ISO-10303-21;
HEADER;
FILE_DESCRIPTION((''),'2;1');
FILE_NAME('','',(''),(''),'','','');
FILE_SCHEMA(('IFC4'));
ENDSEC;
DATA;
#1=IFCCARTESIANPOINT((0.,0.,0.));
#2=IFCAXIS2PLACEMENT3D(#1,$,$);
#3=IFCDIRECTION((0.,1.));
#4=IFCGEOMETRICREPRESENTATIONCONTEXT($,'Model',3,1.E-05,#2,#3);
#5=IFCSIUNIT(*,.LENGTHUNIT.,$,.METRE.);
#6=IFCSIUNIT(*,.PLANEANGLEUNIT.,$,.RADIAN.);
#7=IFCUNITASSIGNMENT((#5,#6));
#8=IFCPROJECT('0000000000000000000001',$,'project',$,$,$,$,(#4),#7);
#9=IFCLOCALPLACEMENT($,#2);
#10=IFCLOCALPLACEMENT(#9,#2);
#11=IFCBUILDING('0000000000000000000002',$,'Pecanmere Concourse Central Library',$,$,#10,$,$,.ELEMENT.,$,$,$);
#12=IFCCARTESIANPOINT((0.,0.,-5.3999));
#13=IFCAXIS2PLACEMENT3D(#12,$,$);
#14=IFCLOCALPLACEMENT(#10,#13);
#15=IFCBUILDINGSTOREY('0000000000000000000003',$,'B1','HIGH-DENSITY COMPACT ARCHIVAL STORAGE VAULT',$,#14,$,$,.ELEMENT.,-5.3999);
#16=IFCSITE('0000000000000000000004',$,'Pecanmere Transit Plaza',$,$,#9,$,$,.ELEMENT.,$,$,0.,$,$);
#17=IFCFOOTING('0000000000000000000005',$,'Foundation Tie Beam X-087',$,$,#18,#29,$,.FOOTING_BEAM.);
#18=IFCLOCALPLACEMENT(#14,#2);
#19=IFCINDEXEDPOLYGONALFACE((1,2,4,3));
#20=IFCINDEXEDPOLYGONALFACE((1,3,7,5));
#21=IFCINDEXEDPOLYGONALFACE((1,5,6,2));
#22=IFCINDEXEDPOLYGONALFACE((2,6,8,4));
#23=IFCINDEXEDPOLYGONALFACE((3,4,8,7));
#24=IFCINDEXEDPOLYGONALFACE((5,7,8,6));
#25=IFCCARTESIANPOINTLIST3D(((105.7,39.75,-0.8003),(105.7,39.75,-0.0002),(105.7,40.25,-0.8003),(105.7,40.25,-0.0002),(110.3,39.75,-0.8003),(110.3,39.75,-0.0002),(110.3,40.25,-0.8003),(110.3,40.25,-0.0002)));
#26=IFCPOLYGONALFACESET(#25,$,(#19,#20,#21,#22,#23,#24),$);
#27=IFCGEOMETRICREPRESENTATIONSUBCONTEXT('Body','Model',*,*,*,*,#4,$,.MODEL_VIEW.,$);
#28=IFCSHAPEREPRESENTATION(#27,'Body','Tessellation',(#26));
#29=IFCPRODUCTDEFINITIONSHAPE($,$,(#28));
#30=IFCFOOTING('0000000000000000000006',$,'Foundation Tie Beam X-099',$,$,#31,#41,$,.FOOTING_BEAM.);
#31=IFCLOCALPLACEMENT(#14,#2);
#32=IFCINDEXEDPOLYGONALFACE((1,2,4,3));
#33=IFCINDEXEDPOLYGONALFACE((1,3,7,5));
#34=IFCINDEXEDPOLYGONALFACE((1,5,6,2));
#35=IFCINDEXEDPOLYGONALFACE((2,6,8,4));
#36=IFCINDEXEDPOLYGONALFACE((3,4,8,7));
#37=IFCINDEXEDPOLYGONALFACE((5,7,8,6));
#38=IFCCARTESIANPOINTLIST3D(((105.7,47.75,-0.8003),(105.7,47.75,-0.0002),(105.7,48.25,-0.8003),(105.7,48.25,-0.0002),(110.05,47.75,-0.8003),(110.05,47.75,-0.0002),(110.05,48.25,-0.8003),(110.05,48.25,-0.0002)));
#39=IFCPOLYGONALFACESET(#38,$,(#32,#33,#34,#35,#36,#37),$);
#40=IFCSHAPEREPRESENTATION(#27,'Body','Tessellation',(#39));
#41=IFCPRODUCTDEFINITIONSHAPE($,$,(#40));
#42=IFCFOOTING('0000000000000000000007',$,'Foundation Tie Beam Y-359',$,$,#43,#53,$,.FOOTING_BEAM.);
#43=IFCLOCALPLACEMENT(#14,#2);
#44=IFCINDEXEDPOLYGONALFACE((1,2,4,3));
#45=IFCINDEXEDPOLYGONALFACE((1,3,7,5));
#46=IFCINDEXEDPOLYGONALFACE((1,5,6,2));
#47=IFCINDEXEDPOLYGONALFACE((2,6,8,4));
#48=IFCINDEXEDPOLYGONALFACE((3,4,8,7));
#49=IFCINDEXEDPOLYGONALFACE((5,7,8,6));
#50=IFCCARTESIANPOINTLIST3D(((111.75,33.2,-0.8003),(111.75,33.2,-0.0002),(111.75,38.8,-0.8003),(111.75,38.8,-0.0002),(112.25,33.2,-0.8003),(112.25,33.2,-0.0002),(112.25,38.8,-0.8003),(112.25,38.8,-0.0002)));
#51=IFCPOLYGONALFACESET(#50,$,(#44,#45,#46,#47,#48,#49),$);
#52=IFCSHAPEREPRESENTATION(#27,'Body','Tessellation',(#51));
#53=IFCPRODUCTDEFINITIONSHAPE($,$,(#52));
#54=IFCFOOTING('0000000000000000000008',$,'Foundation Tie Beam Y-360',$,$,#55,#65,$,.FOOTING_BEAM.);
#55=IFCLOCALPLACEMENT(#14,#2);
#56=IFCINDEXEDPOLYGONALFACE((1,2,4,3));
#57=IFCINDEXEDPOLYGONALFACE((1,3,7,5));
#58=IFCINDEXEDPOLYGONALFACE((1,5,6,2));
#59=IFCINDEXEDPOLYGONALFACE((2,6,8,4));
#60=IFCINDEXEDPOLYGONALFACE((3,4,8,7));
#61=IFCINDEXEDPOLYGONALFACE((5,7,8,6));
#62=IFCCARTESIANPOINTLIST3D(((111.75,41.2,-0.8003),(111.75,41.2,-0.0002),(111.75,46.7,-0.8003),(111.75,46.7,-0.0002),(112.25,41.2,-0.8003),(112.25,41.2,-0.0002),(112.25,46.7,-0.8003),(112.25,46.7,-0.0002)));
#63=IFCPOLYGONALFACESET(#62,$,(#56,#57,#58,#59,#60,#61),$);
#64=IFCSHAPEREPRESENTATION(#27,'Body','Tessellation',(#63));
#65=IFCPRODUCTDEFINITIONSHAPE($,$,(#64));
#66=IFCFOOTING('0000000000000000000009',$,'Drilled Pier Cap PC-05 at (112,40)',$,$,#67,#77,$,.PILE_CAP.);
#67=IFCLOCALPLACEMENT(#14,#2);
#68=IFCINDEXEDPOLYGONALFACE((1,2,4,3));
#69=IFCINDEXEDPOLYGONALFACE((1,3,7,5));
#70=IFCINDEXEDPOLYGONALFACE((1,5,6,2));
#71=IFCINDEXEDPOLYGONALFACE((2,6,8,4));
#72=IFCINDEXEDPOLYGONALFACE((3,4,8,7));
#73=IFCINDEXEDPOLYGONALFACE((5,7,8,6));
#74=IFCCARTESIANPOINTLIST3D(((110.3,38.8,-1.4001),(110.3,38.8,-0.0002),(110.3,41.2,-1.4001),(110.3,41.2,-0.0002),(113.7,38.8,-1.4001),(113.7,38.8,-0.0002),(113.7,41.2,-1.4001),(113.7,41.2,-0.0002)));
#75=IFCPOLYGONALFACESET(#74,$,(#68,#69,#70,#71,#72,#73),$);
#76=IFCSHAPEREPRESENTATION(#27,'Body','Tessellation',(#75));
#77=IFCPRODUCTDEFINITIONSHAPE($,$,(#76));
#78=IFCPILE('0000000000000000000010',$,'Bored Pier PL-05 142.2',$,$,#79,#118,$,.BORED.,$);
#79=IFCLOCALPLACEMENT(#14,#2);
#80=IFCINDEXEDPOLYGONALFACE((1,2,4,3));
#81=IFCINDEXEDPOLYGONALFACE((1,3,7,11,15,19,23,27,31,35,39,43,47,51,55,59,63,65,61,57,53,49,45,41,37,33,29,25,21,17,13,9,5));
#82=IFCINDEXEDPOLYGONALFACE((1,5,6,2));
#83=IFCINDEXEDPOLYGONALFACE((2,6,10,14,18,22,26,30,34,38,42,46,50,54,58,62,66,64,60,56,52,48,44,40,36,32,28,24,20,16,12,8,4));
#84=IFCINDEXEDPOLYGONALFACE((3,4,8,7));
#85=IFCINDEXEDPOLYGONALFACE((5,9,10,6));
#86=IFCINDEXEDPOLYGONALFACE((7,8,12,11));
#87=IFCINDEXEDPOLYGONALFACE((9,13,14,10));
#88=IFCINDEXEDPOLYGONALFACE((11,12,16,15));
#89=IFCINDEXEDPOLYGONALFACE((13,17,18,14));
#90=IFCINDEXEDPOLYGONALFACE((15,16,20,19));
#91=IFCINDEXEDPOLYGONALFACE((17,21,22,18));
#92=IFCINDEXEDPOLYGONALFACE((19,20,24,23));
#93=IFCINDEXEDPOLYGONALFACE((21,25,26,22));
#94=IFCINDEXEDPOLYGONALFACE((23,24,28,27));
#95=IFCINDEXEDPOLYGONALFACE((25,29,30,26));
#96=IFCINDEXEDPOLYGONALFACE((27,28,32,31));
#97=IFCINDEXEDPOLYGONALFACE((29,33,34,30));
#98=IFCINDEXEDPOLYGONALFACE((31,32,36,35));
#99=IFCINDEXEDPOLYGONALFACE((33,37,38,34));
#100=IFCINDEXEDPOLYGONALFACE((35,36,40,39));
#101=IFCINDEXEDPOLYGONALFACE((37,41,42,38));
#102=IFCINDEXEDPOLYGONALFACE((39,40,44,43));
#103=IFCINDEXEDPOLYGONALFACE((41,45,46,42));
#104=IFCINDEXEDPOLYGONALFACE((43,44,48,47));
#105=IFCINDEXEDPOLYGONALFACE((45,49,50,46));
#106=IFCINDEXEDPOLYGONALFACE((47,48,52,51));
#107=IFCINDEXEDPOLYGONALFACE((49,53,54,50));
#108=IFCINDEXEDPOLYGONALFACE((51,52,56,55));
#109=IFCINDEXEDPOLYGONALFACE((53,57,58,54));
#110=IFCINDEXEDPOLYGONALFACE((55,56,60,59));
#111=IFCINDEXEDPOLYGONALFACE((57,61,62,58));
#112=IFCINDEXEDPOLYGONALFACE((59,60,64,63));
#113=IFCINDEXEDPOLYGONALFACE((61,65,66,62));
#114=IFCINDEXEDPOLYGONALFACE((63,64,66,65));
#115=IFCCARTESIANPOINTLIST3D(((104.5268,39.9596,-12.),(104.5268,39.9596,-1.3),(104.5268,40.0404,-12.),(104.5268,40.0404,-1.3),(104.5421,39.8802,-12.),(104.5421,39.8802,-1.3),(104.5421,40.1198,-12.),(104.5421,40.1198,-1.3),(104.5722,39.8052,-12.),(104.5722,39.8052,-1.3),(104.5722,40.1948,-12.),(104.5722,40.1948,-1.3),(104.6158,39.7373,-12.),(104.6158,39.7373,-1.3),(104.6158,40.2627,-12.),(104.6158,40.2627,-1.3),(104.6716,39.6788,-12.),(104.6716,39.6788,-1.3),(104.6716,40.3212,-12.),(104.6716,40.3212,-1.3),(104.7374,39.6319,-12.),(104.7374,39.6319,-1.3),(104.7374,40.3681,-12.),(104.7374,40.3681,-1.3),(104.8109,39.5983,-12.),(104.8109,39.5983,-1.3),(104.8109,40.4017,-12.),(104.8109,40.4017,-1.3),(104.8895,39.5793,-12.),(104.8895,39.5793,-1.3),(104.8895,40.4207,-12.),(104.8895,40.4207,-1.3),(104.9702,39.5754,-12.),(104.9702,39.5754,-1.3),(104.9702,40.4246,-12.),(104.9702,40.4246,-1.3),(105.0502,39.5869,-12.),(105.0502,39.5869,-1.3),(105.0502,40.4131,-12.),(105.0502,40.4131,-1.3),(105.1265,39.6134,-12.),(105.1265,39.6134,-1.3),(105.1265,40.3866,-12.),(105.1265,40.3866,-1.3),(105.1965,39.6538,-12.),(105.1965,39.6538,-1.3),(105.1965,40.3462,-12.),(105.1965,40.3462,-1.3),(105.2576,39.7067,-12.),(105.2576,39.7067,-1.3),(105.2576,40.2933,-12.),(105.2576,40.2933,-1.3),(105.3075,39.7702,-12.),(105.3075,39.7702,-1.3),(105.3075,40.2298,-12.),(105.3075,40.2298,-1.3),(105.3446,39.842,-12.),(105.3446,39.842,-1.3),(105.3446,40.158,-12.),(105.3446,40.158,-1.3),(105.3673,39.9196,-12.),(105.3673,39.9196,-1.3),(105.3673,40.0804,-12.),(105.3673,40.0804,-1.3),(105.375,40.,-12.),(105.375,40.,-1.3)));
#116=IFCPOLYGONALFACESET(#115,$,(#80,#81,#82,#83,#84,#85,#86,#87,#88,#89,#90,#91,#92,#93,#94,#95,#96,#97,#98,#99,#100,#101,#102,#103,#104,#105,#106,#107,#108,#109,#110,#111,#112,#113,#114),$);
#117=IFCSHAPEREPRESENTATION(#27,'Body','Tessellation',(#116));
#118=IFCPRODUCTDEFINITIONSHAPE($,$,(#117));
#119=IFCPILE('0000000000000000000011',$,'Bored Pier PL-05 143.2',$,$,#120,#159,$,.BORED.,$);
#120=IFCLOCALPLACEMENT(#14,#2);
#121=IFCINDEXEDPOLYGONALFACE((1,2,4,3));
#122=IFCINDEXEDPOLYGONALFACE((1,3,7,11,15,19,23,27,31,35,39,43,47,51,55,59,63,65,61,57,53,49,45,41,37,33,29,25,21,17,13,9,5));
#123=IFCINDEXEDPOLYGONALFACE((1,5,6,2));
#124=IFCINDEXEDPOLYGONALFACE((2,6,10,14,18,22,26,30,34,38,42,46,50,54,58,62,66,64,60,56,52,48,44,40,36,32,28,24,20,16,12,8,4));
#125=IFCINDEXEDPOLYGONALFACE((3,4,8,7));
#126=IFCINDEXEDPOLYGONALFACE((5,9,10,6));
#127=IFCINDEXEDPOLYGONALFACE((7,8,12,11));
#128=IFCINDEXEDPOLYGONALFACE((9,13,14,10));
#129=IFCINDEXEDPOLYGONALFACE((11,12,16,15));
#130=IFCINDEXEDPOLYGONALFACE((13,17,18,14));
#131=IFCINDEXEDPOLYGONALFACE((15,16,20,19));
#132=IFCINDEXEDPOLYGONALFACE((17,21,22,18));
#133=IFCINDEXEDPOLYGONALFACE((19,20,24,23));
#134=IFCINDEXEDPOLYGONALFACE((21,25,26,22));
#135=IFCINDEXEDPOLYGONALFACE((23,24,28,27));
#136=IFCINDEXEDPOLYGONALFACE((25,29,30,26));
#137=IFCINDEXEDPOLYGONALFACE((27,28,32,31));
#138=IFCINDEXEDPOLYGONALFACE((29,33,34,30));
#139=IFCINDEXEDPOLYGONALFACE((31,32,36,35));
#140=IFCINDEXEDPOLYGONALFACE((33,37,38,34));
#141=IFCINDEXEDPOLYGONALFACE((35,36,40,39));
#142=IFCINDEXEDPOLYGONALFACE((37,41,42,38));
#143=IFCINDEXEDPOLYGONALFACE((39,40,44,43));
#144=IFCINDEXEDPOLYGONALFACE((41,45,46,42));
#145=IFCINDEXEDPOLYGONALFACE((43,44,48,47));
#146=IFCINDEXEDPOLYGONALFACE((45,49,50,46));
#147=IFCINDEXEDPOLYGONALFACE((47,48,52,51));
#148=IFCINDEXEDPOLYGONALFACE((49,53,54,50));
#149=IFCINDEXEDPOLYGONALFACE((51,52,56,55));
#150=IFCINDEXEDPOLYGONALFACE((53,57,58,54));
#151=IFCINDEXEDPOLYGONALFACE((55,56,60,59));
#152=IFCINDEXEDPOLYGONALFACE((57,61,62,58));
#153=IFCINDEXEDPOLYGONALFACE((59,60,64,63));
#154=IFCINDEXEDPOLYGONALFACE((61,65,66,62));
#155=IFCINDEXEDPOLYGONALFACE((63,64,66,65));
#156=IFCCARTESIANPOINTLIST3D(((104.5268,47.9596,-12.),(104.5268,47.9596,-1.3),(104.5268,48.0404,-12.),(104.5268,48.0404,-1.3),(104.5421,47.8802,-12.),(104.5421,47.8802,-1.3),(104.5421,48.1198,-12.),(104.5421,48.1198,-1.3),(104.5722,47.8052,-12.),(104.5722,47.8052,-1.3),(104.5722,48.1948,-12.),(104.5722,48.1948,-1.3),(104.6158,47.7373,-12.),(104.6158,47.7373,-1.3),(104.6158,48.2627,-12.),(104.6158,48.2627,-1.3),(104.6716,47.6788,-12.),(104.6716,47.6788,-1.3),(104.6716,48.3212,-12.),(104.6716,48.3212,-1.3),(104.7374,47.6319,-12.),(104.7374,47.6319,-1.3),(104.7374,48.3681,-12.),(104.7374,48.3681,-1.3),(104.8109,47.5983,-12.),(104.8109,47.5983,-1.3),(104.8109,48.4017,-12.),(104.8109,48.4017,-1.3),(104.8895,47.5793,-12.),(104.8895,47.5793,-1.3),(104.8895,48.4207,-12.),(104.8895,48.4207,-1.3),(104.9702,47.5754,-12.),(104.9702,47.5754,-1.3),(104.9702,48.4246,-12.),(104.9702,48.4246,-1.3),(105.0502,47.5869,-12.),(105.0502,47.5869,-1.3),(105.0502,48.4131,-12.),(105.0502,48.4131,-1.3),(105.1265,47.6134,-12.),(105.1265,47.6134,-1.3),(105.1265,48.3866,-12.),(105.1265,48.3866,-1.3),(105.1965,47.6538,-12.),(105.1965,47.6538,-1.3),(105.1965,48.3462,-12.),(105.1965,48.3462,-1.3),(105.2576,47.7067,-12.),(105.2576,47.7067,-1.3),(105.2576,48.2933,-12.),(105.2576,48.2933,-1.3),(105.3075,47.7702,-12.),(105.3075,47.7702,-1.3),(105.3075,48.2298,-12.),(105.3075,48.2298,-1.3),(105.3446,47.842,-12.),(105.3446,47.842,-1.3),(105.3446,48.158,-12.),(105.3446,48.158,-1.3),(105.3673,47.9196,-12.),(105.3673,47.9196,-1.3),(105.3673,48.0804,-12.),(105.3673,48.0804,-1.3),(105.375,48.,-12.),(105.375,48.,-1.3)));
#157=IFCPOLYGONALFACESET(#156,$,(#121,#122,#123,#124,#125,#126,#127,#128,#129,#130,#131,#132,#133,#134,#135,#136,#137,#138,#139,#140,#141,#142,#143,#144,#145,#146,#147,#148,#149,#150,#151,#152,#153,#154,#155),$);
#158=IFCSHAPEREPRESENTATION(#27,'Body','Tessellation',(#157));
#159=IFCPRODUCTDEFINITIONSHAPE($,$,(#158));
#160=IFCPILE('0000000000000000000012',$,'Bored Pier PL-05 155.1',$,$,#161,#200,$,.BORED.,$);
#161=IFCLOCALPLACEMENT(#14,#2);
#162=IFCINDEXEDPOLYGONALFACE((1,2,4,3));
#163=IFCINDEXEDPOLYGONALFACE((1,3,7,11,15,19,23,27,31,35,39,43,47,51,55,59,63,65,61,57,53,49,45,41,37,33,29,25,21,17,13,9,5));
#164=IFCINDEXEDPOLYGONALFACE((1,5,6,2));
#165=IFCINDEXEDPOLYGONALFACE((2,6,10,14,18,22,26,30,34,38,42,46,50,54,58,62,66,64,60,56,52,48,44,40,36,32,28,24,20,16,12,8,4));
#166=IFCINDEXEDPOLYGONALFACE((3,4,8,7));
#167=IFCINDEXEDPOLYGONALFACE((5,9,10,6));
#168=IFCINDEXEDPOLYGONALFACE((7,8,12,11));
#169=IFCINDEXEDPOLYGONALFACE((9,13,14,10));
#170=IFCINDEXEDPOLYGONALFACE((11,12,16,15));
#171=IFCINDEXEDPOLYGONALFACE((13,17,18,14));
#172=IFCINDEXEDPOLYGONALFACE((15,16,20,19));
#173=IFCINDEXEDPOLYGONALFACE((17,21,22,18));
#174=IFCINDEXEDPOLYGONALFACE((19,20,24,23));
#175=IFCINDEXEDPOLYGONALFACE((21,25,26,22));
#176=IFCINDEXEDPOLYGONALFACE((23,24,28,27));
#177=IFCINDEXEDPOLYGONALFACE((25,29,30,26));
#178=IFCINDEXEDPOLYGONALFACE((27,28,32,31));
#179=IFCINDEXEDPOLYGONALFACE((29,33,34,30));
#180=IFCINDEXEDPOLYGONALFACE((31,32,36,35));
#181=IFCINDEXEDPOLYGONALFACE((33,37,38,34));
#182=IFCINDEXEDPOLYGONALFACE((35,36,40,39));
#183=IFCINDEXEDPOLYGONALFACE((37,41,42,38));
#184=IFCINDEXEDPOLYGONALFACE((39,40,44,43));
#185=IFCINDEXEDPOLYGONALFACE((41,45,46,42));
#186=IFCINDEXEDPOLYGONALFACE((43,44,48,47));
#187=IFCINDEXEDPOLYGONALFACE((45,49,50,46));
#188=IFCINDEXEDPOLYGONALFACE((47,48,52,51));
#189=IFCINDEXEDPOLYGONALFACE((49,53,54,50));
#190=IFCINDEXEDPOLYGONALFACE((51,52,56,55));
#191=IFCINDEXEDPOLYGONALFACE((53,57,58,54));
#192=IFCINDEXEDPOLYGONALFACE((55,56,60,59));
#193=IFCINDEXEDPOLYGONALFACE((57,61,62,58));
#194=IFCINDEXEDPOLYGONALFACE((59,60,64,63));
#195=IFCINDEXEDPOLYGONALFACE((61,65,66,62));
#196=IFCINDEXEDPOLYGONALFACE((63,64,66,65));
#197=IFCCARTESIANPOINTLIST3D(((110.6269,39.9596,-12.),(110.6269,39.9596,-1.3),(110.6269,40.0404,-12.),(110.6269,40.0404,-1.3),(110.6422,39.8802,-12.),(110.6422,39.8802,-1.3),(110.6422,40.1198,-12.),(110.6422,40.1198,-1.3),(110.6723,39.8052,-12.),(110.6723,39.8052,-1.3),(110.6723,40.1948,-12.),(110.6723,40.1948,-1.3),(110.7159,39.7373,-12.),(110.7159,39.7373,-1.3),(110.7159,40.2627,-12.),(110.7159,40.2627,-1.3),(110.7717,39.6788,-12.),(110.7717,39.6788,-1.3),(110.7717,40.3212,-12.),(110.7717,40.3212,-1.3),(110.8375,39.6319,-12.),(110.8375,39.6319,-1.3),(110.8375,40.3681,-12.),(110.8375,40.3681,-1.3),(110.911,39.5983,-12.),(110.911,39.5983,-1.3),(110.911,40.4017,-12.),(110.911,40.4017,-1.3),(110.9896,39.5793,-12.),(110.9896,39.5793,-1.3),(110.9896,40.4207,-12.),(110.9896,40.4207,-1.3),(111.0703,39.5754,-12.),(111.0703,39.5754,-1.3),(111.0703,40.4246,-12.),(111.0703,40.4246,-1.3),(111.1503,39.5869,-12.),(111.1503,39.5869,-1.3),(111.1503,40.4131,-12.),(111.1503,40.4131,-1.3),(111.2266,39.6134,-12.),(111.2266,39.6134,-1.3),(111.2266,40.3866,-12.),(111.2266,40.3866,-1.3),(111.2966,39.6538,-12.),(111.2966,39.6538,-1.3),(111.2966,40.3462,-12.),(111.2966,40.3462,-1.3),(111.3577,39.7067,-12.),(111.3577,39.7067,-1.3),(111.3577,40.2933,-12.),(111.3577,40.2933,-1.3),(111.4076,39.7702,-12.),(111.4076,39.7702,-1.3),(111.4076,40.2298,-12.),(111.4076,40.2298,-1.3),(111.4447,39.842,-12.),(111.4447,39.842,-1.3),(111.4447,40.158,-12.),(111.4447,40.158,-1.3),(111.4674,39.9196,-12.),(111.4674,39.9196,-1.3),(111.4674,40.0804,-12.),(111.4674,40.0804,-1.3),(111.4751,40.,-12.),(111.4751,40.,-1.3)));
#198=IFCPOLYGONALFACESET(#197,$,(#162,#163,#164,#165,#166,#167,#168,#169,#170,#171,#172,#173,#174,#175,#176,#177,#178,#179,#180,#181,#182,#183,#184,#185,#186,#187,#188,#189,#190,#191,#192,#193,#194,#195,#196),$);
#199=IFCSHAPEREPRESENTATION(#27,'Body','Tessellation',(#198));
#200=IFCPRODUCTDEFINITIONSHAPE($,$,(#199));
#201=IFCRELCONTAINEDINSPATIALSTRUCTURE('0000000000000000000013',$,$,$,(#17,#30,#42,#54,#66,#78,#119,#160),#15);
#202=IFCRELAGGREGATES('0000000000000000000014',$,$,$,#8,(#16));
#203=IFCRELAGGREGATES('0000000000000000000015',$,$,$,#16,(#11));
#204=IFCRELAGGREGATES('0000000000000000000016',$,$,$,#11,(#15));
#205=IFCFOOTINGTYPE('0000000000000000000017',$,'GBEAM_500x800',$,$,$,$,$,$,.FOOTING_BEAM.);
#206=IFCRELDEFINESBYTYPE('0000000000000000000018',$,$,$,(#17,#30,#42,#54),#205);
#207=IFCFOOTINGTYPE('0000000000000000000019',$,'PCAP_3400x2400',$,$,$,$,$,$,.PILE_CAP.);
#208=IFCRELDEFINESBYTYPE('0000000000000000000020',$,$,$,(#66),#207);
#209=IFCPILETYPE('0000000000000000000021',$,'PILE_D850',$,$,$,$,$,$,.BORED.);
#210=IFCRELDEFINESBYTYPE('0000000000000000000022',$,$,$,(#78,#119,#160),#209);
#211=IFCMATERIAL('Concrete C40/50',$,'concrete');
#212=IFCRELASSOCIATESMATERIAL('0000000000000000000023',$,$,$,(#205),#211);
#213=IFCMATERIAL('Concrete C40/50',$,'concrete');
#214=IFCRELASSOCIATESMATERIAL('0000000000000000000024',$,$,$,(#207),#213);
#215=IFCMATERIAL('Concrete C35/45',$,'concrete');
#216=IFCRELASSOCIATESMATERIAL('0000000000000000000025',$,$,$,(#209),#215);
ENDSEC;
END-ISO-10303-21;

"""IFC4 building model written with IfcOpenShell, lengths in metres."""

from ifc_helpers import new_model, si_unit, direction, frame, origin, origin_2d, place, context, subcontext, project, spatial, rectangle, circle, extrude, material, material_profile, profile_set, type_object, element, save


model = new_model("IFC4")

# Units and contexts
model_context = context("Model", 3, precision=1e-05, world=origin(), true_north=direction((0.0, 1.0)))
body_context = subcontext(model_context, "Body", "Model", "MODEL_VIEW")
ifc_project = project(units=[si_unit("LENGTHUNIT", "METRE"), si_unit("PLANEANGLEUNIT", "RADIAN")], contexts=[model_context])

# Site, building, storey
site_placement = place(None, origin())
site = spatial("IfcSite", under=ifc_project, at=site_placement, Name="Pecanmere Transit Plaza", CompositionType="ELEMENT", RefElevation=0.0)
building_placement = place(site_placement, origin())
building = spatial("IfcBuilding", under=site, at=building_placement, Name="Pecanmere Concourse Central Library", CompositionType="ELEMENT")
storey_placement = place(building_placement, frame((0.0, 0.0, -5.3999)))
storey = spatial("IfcBuildingStorey", under=building, at=storey_placement, Name="B1", Description="HIGH-DENSITY COMPACT ARCHIVAL STORAGE VAULT", CompositionType="ELEMENT", Elevation=-5.3999)

# Footings
ifc_material_1 = material(Name="Concrete C40/50", Category="concrete")
ifc_material_profile_1 = material_profile(ifc_material_1, rectangle(XDim=0.5, YDim=0.8, at=origin_2d()), Name="RC 500x800")
ifc_profile_set_1 = profile_set([ifc_material_profile_1], Name="Concrete C40/50")
footing_type_1 = type_object("IfcFootingType", Name="GBEAM_500x800", PredefinedType="FOOTING_BEAM", material=ifc_profile_set_1)
footing_1_placement = place(storey_placement, frame((108.0, 40.0, -0.8003), z_axis=(0.0, 0.0, 1.0), x_axis=(1.0, 0.0, 0.0)))
element("IfcFooting", 1, at=footing_1_placement, inside=storey, type_object=footing_type_1, Name="Foundation Tie Beam X-087", PredefinedType="FOOTING_BEAM", context=body_context, shape_type="SweptSolid", body=[
    extrude(rectangle(XDim=4.6001, YDim=0.5, at=origin_2d()), origin(), (0.0, 0.0, 1.0), 0.8),
])
footing_2_placement = place(storey_placement, frame((107.875, 48.0, -0.8003), z_axis=(0.0, 0.0, 1.0), x_axis=(1.0, 0.0, 0.0)))
element("IfcFooting", 2, at=footing_2_placement, inside=storey, type_object=footing_type_1, Name="Foundation Tie Beam X-099", PredefinedType="FOOTING_BEAM", context=body_context, shape_type="SweptSolid", body=[
    extrude(rectangle(XDim=4.3501, YDim=0.5, at=origin_2d()), origin(), (0.0, 0.0, 1.0), 0.8),
])
footing_3_placement = place(storey_placement, frame((112.0, 36.0, -0.8003), z_axis=(0.0, 0.0, 1.0), x_axis=(0.0, 1.0, 0.0)))
element("IfcFooting", 3, at=footing_3_placement, inside=storey, type_object=footing_type_1, Name="Foundation Tie Beam Y-359", PredefinedType="FOOTING_BEAM", context=body_context, shape_type="SweptSolid", body=[
    extrude(rectangle(XDim=5.6001, YDim=0.5, at=origin_2d()), origin(), (0.0, 0.0, 1.0), 0.8),
])
footing_4_placement = place(storey_placement, frame((112.0, 43.95, -0.8003), z_axis=(0.0, 0.0, 1.0), x_axis=(0.0, 1.0, 0.0)))
element("IfcFooting", 4, at=footing_4_placement, inside=storey, type_object=footing_type_1, Name="Foundation Tie Beam Y-360", PredefinedType="FOOTING_BEAM", context=body_context, shape_type="SweptSolid", body=[
    extrude(rectangle(XDim=5.5, YDim=0.5, at=origin_2d()), origin(), (0.0, 0.0, 1.0), 0.8),
])
ifc_material_2 = material(Name="Concrete C40/50", Category="concrete")
footing_type_2 = type_object("IfcFootingType", Name="PCAP_3400x2400", PredefinedType="PILE_CAP", material=ifc_material_2)
footing_5_placement = place(storey_placement, frame((112.0, 40.0, -1.4001), z_axis=(0.0, 0.0, 1.0), x_axis=(1.0, 0.0, 0.0)))
element("IfcFooting", 5, at=footing_5_placement, inside=storey, type_object=footing_type_2, Name="Drilled Pier Cap PC-05 at (112,40)", PredefinedType="PILE_CAP", context=body_context, shape_type="SweptSolid", body=[
    extrude(rectangle(XDim=3.3999, YDim=2.3999, at=origin_2d()), origin(), (0.0, 0.0, 1.0), 1.3999),
])

# Piles
ifc_material_3 = material(Name="Concrete C35/45", Category="concrete")
ifc_material_profile_2 = material_profile(ifc_material_3, circle(Radius=0.425, at=origin_2d()), Name="PIER D850")
ifc_profile_set_2 = profile_set([ifc_material_profile_2], Name="Concrete C35/45")
pile_type = type_object("IfcPileType", Name="PILE_D850", PredefinedType="BORED", material=ifc_profile_set_2)
for number, where, z_axis, x_axis, name in (
    (6, (104.95, 40.0, -1.3), (0.0, 0.0, -1.0), (1.0, 0.0, 0.0), "Bored Pier PL-05 142.2"),
    (7, (104.95, 48.0, -1.3), (0.0, 0.0, -1.0), (1.0, 0.0, 0.0), "Bored Pier PL-05 143.2"),
    (8, (111.05, 40.0, -1.3), (0.0, 0.0, -1.0), (1.0, 0.0, 0.0), "Bored Pier PL-05 155.1"),
):
    element("IfcPile", number, at=place(storey_placement, frame(where, z_axis=z_axis, x_axis=x_axis)), inside=storey, type_object=pile_type, Name=name, PredefinedType="BORED", context=body_context, shape_type="SweptSolid", body=[
        extrude(circle(Radius=0.425, at=origin_2d()), origin(), (0.0, 0.0, 1.0), 10.7),
    ])

save(model, "model.ifc")
